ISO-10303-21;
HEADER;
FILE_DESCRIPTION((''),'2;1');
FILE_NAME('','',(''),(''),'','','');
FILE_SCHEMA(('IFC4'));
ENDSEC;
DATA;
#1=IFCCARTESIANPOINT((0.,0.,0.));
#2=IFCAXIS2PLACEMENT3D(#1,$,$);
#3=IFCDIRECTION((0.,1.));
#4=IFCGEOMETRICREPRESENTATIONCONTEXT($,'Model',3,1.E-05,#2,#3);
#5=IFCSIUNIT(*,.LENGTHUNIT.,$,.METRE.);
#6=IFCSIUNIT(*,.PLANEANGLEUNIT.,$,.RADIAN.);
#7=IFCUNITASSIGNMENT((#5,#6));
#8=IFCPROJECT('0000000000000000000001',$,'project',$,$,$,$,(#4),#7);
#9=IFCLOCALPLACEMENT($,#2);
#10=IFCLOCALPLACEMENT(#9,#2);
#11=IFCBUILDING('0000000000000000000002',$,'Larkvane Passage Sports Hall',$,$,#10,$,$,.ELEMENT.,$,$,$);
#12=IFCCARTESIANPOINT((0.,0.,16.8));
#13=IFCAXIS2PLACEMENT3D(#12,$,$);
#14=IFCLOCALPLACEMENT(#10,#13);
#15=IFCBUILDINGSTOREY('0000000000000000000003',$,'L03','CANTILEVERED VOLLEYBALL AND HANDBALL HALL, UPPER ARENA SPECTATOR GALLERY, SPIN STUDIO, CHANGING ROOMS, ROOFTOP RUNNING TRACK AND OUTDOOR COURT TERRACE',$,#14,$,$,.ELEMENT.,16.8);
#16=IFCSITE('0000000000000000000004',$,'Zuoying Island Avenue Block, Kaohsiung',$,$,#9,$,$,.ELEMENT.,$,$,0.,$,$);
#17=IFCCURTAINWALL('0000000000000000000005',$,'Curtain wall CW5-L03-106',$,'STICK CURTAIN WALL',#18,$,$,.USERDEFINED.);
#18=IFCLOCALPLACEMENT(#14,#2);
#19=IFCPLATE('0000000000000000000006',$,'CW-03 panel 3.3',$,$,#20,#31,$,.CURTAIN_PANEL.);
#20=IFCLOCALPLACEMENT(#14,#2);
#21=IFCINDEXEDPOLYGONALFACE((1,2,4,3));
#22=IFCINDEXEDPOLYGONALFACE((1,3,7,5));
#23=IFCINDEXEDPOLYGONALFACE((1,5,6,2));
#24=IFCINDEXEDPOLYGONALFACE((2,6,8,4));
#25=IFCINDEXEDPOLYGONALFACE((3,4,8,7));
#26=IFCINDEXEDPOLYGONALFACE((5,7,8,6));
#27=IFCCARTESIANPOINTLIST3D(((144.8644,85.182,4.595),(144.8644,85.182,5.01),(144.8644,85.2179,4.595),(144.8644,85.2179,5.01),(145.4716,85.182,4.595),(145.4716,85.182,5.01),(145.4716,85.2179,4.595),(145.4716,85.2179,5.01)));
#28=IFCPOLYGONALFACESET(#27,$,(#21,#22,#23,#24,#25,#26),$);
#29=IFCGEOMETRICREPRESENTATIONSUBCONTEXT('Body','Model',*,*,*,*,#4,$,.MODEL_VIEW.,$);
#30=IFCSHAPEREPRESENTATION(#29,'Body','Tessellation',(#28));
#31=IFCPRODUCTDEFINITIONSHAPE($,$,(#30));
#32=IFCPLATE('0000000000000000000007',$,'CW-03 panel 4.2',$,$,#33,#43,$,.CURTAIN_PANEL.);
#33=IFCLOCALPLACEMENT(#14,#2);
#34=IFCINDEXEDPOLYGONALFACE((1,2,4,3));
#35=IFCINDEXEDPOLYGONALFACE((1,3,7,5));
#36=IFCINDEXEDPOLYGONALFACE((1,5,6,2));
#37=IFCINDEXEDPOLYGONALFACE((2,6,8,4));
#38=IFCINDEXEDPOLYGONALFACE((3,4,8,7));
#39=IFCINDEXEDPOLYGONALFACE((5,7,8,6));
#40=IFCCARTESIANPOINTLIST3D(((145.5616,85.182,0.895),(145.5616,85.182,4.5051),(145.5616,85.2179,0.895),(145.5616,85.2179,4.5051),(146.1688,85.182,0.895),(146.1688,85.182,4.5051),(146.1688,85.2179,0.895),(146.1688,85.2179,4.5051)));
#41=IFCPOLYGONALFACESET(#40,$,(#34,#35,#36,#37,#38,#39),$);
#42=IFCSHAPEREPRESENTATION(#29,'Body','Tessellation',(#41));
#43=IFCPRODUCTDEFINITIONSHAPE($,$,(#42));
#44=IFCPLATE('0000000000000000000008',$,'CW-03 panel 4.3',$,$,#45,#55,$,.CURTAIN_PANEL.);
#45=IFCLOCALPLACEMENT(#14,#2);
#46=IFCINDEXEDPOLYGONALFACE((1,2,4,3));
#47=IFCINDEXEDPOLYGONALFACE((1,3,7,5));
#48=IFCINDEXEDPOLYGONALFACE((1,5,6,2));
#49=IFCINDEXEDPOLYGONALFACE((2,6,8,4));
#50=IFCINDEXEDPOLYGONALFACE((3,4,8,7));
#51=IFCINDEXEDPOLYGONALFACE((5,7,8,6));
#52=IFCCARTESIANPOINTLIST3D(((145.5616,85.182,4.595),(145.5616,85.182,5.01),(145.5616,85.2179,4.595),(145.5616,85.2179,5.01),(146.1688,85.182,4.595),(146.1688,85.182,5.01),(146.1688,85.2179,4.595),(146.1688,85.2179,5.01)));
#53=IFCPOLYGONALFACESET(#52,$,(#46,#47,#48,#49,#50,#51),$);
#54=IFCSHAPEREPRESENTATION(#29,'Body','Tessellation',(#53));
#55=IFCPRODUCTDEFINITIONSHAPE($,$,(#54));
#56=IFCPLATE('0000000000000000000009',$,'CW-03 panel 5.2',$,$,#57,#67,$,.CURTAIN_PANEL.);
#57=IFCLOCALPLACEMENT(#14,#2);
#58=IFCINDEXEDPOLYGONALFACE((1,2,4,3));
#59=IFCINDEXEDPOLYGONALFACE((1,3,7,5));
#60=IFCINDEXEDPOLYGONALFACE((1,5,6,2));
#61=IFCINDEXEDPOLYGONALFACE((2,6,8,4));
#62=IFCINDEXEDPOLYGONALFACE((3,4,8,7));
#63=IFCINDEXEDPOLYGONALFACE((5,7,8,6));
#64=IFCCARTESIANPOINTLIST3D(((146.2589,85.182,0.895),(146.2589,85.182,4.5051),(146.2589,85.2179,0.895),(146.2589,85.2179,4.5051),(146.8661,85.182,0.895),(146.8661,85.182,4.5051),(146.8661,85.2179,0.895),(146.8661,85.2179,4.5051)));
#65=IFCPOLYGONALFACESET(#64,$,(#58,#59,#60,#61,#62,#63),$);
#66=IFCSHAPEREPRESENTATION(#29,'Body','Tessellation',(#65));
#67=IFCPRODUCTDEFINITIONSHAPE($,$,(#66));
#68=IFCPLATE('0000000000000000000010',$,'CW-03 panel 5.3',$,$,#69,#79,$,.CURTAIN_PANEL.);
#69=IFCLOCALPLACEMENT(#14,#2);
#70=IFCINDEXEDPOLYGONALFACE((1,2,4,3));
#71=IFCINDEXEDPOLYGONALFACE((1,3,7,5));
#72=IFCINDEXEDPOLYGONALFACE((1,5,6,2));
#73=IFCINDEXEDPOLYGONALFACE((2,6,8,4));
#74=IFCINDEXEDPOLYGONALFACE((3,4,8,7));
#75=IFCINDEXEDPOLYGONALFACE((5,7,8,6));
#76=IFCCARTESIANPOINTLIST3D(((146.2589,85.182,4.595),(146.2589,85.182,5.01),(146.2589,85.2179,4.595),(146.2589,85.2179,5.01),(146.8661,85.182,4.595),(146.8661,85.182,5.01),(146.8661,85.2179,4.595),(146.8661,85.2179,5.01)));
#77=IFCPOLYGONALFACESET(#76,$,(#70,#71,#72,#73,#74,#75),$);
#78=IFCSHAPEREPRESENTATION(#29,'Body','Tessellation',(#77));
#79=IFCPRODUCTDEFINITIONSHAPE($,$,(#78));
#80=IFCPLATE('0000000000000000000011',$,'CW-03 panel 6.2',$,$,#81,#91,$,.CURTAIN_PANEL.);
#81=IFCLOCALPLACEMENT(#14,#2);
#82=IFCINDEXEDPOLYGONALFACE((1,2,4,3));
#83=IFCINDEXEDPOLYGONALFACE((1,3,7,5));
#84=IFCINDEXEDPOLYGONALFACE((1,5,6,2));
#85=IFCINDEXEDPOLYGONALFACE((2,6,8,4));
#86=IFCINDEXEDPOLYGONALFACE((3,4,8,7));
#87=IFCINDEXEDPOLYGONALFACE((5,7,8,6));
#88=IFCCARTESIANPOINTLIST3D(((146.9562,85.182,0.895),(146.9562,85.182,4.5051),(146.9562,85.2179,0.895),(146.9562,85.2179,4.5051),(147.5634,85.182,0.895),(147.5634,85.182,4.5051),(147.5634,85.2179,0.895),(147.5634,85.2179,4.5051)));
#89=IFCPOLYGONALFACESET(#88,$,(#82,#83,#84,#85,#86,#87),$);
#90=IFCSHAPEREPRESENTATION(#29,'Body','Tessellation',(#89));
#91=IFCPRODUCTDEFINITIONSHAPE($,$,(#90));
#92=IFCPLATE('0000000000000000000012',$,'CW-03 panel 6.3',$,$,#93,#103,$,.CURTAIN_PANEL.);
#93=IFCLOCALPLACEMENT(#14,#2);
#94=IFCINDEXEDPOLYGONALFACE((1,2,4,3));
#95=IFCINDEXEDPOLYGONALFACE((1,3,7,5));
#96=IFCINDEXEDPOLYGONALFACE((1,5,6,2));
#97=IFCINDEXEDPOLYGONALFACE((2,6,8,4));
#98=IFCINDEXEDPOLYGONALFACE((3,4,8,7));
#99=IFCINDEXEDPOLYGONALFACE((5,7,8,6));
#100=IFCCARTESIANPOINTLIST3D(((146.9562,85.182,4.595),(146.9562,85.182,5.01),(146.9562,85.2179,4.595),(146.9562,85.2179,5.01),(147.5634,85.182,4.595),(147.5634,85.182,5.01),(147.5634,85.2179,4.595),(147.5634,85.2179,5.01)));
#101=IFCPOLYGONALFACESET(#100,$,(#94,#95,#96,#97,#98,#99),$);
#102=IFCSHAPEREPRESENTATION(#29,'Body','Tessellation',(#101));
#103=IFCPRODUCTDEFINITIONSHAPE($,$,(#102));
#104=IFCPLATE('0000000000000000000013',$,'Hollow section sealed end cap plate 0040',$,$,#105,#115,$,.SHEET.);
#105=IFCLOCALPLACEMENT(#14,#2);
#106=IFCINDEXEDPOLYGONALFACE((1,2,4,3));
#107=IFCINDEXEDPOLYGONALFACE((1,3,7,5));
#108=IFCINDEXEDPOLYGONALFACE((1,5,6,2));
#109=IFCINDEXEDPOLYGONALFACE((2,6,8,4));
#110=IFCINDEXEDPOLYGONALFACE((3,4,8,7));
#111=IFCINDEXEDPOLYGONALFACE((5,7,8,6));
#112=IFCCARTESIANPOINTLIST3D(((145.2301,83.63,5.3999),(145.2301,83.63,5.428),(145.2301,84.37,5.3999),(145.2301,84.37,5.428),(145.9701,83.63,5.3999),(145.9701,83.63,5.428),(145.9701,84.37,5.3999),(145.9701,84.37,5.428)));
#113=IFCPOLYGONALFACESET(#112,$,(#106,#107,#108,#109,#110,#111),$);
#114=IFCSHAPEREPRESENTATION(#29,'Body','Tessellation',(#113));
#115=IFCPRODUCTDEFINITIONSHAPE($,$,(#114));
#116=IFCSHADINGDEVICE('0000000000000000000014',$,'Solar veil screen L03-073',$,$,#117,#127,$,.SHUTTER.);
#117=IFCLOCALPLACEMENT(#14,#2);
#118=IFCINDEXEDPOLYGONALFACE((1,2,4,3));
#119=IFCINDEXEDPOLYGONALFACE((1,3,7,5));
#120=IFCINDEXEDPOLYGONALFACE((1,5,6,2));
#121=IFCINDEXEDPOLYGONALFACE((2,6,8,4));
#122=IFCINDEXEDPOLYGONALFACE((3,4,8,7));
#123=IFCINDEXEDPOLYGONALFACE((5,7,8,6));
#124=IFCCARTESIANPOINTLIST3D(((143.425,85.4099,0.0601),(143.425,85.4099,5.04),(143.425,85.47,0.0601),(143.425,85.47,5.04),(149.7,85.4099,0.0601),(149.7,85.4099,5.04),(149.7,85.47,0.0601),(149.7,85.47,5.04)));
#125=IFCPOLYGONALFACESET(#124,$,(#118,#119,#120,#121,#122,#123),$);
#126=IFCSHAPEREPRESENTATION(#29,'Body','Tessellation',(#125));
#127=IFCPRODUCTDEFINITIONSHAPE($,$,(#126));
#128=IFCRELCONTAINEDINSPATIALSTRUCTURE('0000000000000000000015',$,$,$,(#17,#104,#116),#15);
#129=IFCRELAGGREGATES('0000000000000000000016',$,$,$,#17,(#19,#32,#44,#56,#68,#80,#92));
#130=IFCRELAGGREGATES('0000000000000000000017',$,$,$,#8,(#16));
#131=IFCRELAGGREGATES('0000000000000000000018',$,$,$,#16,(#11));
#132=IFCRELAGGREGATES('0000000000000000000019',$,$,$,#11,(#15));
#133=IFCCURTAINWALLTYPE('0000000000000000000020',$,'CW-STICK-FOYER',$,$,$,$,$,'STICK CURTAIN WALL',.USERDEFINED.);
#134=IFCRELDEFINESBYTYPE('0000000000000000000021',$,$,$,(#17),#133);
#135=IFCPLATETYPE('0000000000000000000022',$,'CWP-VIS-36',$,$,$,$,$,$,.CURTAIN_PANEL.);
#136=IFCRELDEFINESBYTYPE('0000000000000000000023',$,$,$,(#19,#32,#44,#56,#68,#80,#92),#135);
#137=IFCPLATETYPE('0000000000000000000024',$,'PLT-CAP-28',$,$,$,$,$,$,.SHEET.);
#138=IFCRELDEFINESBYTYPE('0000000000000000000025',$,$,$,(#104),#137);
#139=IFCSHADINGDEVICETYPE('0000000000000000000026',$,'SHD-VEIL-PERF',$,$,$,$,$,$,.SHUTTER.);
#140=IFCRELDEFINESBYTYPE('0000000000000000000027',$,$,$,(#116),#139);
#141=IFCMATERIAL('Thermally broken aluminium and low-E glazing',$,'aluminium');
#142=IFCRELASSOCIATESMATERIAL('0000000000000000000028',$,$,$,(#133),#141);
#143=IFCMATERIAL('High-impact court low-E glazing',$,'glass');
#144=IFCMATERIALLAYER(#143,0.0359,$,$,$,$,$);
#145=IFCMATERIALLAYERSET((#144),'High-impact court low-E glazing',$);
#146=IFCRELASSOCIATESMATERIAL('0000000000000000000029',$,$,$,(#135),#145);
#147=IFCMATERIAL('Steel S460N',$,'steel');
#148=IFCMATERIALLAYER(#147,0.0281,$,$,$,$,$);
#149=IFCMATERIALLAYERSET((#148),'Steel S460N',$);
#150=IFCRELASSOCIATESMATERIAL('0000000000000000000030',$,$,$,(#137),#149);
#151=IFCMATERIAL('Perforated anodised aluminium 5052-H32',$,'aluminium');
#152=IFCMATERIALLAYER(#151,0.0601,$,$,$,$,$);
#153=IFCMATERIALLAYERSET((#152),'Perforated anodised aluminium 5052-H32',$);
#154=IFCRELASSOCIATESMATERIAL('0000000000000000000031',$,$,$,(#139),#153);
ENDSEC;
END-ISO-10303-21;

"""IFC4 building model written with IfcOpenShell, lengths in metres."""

from ifc_helpers import new_model, si_unit, direction, frame, origin, origin_2d, place, context, subcontext, project, spatial, rectangle, extrude, material, layer, layer_set, type_object, element, aggregate, save


model = new_model("IFC4")

# Units and contexts
model_context = context("Model", 3, precision=1e-05, world=origin(), true_north=direction((0.0, 1.0)))
body_context = subcontext(model_context, "Body", "Model", "MODEL_VIEW")
ifc_project = project(units=[si_unit("LENGTHUNIT", "METRE"), si_unit("PLANEANGLEUNIT", "RADIAN")], contexts=[model_context])

# Site, building, storey
site_placement = place(None, origin())
site = spatial("IfcSite", under=ifc_project, at=site_placement, Name="Zuoying Island Avenue Block, Kaohsiung", CompositionType="ELEMENT", RefElevation=0.0)
building_placement = place(site_placement, origin())
building = spatial("IfcBuilding", under=site, at=building_placement, Name="Larkvane Passage Sports Hall", CompositionType="ELEMENT")
storey_placement = place(building_placement, frame((0.0, 0.0, 16.8)))
storey = spatial("IfcBuildingStorey", under=building, at=storey_placement, Name="L03", Description="CANTILEVERED VOLLEYBALL AND HANDBALL HALL, UPPER ARENA SPECTATOR GALLERY, SPIN STUDIO, CHANGING ROOMS, ROOFTOP RUNNING TRACK AND OUTDOOR COURT TERRACE", CompositionType="ELEMENT", Elevation=16.8)

# Shared definitions
ifc_material_1 = material(Name="Steel S460N", Category="steel")

# Curtain wall, plates
ifc_material_2 = material(Name="Thermally broken aluminium and low-E glazing", Category="aluminium")
curtain_wall_type = type_object("IfcCurtainWallType", Name="CW-STICK-FOYER", ElementType="STICK CURTAIN WALL", PredefinedType="USERDEFINED", material=ifc_material_2)
curtain_wall_placement = place(storey_placement, origin())
curtain_wall = element("IfcCurtainWall", 1, at=curtain_wall_placement, inside=storey, type_object=curtain_wall_type, Name="Curtain wall CW5-L03-106", ObjectType="STICK CURTAIN WALL", PredefinedType="USERDEFINED")
ifc_material_3 = material(Name="High-impact court low-E glazing", Category="glass")
ifc_layer_1 = layer(ifc_material_3, 0.0359)
ifc_layer_set_1 = layer_set([ifc_layer_1], Name="High-impact court low-E glazing")
plate_type_1 = type_object("IfcPlateType", Name="CWP-VIS-36", PredefinedType="CURTAIN_PANEL", material=ifc_layer_set_1)
plate_1_placement = place(storey_placement, frame((145.168, 85.2, 4.595), z_axis=(0.0, 0.0, 1.0), x_axis=(1.0, 0.0, 0.0)))
plate_1 = element("IfcPlate", 2, at=plate_1_placement, type_object=plate_type_1, Name="CW-03 panel 3.3", PredefinedType="CURTAIN_PANEL", context=body_context, shape_type="SweptSolid", body=[
    extrude(rectangle(XDim=0.6072, YDim=0.0359, at=origin_2d()), origin(), (0.0, 0.0, 1.0), 0.415),
])
plate_2_placement = place(storey_placement, frame((145.8652, 85.2, 0.895), z_axis=(0.0, 0.0, 1.0), x_axis=(1.0, 0.0, 0.0)))
plate_2 = element("IfcPlate", 3, at=plate_2_placement, type_object=plate_type_1, Name="CW-03 panel 4.2", PredefinedType="CURTAIN_PANEL", context=body_context, shape_type="SweptSolid", body=[
    extrude(rectangle(XDim=0.6072, YDim=0.0359, at=origin_2d()), origin(), (0.0, 0.0, 1.0), 3.6101),
])
plate_3_placement = place(storey_placement, frame((145.8652, 85.2, 4.595), z_axis=(0.0, 0.0, 1.0), x_axis=(1.0, 0.0, 0.0)))
plate_3 = element("IfcPlate", 4, at=plate_3_placement, type_object=plate_type_1, Name="CW-03 panel 4.3", PredefinedType="CURTAIN_PANEL", context=body_context, shape_type="SweptSolid", body=[
    extrude(rectangle(XDim=0.6072, YDim=0.0359, at=origin_2d()), origin(), (0.0, 0.0, 1.0), 0.415),
])
plate_4_placement = place(storey_placement, frame((146.5625, 85.2, 0.895), z_axis=(0.0, 0.0, 1.0), x_axis=(1.0, 0.0, 0.0)))
plate_4 = element("IfcPlate", 5, at=plate_4_placement, type_object=plate_type_1, Name="CW-03 panel 5.2", PredefinedType="CURTAIN_PANEL", context=body_context, shape_type="SweptSolid", body=[
    extrude(rectangle(XDim=0.6072, YDim=0.0359, at=origin_2d()), origin(), (0.0, 0.0, 1.0), 3.6101),
])
plate_5_placement = place(storey_placement, frame((146.5625, 85.2, 4.595), z_axis=(0.0, 0.0, 1.0), x_axis=(1.0, 0.0, 0.0)))
plate_5 = element("IfcPlate", 6, at=plate_5_placement, type_object=plate_type_1, Name="CW-03 panel 5.3", PredefinedType="CURTAIN_PANEL", context=body_context, shape_type="SweptSolid", body=[
    extrude(rectangle(XDim=0.6072, YDim=0.0359, at=origin_2d()), origin(), (0.0, 0.0, 1.0), 0.415),
])
plate_6_placement = place(storey_placement, frame((147.2598, 85.2, 0.895), z_axis=(0.0, 0.0, 1.0), x_axis=(1.0, 0.0, 0.0)))
plate_6 = element("IfcPlate", 7, at=plate_6_placement, type_object=plate_type_1, Name="CW-03 panel 6.2", PredefinedType="CURTAIN_PANEL", context=body_context, shape_type="SweptSolid", body=[
    extrude(rectangle(XDim=0.6072, YDim=0.0359, at=origin_2d()), origin(), (0.0, 0.0, 1.0), 3.6101),
])
plate_7_placement = place(storey_placement, frame((147.2598, 85.2, 4.595), z_axis=(0.0, 0.0, 1.0), x_axis=(1.0, 0.0, 0.0)))
plate_7 = element("IfcPlate", 8, at=plate_7_placement, type_object=plate_type_1, Name="CW-03 panel 6.3", PredefinedType="CURTAIN_PANEL", context=body_context, shape_type="SweptSolid", body=[
    extrude(rectangle(XDim=0.6072, YDim=0.0359, at=origin_2d()), origin(), (0.0, 0.0, 1.0), 0.415),
])
aggregate(curtain_wall, [plate_1, plate_2, plate_3, plate_4, plate_5, plate_6, plate_7])

# Plate
ifc_layer_2 = layer(ifc_material_1, 0.0281)
ifc_layer_set_2 = layer_set([ifc_layer_2], Name="Steel S460N")
plate_type_2 = type_object("IfcPlateType", Name="PLT-CAP-28", PredefinedType="SHEET", material=ifc_layer_set_2)
plate_8_placement = place(storey_placement, frame((145.6001, 84.0, 5.3999), z_axis=(0.0, 0.0, 1.0), x_axis=(1.0, 0.0, 0.0)))
element("IfcPlate", 9, at=plate_8_placement, inside=storey, type_object=plate_type_2, Name="Hollow section sealed end cap plate 0040", PredefinedType="SHEET", context=body_context, shape_type="SweptSolid", body=[
    extrude(rectangle(XDim=0.74, YDim=0.74, at=origin_2d()), origin(), (0.0, 0.0, 1.0), 0.0281),
])

# Shading device
ifc_material_4 = material(Name="Perforated anodised aluminium 5052-H32", Category="aluminium")
ifc_layer_3 = layer(ifc_material_4, 0.0601)
ifc_layer_set_3 = layer_set([ifc_layer_3], Name="Perforated anodised aluminium 5052-H32")
shading_device_type = type_object("IfcShadingDeviceType", Name="SHD-VEIL-PERF", PredefinedType="SHUTTER", material=ifc_layer_set_3)
shading_device_placement = place(storey_placement, frame((146.5625, 85.4399, 0.0601), z_axis=(0.0, 0.0, 1.0), x_axis=(1.0, 0.0, 0.0)))
element("IfcShadingDevice", 10, at=shading_device_placement, inside=storey, type_object=shading_device_type, Name="Solar veil screen L03-073", PredefinedType="SHUTTER", context=body_context, shape_type="SweptSolid", body=[
    extrude(rectangle(XDim=6.2749, YDim=0.0601, at=origin_2d()), origin(), (0.0, 0.0, 1.0), 4.98),
])

save(model, "model.ifc")
